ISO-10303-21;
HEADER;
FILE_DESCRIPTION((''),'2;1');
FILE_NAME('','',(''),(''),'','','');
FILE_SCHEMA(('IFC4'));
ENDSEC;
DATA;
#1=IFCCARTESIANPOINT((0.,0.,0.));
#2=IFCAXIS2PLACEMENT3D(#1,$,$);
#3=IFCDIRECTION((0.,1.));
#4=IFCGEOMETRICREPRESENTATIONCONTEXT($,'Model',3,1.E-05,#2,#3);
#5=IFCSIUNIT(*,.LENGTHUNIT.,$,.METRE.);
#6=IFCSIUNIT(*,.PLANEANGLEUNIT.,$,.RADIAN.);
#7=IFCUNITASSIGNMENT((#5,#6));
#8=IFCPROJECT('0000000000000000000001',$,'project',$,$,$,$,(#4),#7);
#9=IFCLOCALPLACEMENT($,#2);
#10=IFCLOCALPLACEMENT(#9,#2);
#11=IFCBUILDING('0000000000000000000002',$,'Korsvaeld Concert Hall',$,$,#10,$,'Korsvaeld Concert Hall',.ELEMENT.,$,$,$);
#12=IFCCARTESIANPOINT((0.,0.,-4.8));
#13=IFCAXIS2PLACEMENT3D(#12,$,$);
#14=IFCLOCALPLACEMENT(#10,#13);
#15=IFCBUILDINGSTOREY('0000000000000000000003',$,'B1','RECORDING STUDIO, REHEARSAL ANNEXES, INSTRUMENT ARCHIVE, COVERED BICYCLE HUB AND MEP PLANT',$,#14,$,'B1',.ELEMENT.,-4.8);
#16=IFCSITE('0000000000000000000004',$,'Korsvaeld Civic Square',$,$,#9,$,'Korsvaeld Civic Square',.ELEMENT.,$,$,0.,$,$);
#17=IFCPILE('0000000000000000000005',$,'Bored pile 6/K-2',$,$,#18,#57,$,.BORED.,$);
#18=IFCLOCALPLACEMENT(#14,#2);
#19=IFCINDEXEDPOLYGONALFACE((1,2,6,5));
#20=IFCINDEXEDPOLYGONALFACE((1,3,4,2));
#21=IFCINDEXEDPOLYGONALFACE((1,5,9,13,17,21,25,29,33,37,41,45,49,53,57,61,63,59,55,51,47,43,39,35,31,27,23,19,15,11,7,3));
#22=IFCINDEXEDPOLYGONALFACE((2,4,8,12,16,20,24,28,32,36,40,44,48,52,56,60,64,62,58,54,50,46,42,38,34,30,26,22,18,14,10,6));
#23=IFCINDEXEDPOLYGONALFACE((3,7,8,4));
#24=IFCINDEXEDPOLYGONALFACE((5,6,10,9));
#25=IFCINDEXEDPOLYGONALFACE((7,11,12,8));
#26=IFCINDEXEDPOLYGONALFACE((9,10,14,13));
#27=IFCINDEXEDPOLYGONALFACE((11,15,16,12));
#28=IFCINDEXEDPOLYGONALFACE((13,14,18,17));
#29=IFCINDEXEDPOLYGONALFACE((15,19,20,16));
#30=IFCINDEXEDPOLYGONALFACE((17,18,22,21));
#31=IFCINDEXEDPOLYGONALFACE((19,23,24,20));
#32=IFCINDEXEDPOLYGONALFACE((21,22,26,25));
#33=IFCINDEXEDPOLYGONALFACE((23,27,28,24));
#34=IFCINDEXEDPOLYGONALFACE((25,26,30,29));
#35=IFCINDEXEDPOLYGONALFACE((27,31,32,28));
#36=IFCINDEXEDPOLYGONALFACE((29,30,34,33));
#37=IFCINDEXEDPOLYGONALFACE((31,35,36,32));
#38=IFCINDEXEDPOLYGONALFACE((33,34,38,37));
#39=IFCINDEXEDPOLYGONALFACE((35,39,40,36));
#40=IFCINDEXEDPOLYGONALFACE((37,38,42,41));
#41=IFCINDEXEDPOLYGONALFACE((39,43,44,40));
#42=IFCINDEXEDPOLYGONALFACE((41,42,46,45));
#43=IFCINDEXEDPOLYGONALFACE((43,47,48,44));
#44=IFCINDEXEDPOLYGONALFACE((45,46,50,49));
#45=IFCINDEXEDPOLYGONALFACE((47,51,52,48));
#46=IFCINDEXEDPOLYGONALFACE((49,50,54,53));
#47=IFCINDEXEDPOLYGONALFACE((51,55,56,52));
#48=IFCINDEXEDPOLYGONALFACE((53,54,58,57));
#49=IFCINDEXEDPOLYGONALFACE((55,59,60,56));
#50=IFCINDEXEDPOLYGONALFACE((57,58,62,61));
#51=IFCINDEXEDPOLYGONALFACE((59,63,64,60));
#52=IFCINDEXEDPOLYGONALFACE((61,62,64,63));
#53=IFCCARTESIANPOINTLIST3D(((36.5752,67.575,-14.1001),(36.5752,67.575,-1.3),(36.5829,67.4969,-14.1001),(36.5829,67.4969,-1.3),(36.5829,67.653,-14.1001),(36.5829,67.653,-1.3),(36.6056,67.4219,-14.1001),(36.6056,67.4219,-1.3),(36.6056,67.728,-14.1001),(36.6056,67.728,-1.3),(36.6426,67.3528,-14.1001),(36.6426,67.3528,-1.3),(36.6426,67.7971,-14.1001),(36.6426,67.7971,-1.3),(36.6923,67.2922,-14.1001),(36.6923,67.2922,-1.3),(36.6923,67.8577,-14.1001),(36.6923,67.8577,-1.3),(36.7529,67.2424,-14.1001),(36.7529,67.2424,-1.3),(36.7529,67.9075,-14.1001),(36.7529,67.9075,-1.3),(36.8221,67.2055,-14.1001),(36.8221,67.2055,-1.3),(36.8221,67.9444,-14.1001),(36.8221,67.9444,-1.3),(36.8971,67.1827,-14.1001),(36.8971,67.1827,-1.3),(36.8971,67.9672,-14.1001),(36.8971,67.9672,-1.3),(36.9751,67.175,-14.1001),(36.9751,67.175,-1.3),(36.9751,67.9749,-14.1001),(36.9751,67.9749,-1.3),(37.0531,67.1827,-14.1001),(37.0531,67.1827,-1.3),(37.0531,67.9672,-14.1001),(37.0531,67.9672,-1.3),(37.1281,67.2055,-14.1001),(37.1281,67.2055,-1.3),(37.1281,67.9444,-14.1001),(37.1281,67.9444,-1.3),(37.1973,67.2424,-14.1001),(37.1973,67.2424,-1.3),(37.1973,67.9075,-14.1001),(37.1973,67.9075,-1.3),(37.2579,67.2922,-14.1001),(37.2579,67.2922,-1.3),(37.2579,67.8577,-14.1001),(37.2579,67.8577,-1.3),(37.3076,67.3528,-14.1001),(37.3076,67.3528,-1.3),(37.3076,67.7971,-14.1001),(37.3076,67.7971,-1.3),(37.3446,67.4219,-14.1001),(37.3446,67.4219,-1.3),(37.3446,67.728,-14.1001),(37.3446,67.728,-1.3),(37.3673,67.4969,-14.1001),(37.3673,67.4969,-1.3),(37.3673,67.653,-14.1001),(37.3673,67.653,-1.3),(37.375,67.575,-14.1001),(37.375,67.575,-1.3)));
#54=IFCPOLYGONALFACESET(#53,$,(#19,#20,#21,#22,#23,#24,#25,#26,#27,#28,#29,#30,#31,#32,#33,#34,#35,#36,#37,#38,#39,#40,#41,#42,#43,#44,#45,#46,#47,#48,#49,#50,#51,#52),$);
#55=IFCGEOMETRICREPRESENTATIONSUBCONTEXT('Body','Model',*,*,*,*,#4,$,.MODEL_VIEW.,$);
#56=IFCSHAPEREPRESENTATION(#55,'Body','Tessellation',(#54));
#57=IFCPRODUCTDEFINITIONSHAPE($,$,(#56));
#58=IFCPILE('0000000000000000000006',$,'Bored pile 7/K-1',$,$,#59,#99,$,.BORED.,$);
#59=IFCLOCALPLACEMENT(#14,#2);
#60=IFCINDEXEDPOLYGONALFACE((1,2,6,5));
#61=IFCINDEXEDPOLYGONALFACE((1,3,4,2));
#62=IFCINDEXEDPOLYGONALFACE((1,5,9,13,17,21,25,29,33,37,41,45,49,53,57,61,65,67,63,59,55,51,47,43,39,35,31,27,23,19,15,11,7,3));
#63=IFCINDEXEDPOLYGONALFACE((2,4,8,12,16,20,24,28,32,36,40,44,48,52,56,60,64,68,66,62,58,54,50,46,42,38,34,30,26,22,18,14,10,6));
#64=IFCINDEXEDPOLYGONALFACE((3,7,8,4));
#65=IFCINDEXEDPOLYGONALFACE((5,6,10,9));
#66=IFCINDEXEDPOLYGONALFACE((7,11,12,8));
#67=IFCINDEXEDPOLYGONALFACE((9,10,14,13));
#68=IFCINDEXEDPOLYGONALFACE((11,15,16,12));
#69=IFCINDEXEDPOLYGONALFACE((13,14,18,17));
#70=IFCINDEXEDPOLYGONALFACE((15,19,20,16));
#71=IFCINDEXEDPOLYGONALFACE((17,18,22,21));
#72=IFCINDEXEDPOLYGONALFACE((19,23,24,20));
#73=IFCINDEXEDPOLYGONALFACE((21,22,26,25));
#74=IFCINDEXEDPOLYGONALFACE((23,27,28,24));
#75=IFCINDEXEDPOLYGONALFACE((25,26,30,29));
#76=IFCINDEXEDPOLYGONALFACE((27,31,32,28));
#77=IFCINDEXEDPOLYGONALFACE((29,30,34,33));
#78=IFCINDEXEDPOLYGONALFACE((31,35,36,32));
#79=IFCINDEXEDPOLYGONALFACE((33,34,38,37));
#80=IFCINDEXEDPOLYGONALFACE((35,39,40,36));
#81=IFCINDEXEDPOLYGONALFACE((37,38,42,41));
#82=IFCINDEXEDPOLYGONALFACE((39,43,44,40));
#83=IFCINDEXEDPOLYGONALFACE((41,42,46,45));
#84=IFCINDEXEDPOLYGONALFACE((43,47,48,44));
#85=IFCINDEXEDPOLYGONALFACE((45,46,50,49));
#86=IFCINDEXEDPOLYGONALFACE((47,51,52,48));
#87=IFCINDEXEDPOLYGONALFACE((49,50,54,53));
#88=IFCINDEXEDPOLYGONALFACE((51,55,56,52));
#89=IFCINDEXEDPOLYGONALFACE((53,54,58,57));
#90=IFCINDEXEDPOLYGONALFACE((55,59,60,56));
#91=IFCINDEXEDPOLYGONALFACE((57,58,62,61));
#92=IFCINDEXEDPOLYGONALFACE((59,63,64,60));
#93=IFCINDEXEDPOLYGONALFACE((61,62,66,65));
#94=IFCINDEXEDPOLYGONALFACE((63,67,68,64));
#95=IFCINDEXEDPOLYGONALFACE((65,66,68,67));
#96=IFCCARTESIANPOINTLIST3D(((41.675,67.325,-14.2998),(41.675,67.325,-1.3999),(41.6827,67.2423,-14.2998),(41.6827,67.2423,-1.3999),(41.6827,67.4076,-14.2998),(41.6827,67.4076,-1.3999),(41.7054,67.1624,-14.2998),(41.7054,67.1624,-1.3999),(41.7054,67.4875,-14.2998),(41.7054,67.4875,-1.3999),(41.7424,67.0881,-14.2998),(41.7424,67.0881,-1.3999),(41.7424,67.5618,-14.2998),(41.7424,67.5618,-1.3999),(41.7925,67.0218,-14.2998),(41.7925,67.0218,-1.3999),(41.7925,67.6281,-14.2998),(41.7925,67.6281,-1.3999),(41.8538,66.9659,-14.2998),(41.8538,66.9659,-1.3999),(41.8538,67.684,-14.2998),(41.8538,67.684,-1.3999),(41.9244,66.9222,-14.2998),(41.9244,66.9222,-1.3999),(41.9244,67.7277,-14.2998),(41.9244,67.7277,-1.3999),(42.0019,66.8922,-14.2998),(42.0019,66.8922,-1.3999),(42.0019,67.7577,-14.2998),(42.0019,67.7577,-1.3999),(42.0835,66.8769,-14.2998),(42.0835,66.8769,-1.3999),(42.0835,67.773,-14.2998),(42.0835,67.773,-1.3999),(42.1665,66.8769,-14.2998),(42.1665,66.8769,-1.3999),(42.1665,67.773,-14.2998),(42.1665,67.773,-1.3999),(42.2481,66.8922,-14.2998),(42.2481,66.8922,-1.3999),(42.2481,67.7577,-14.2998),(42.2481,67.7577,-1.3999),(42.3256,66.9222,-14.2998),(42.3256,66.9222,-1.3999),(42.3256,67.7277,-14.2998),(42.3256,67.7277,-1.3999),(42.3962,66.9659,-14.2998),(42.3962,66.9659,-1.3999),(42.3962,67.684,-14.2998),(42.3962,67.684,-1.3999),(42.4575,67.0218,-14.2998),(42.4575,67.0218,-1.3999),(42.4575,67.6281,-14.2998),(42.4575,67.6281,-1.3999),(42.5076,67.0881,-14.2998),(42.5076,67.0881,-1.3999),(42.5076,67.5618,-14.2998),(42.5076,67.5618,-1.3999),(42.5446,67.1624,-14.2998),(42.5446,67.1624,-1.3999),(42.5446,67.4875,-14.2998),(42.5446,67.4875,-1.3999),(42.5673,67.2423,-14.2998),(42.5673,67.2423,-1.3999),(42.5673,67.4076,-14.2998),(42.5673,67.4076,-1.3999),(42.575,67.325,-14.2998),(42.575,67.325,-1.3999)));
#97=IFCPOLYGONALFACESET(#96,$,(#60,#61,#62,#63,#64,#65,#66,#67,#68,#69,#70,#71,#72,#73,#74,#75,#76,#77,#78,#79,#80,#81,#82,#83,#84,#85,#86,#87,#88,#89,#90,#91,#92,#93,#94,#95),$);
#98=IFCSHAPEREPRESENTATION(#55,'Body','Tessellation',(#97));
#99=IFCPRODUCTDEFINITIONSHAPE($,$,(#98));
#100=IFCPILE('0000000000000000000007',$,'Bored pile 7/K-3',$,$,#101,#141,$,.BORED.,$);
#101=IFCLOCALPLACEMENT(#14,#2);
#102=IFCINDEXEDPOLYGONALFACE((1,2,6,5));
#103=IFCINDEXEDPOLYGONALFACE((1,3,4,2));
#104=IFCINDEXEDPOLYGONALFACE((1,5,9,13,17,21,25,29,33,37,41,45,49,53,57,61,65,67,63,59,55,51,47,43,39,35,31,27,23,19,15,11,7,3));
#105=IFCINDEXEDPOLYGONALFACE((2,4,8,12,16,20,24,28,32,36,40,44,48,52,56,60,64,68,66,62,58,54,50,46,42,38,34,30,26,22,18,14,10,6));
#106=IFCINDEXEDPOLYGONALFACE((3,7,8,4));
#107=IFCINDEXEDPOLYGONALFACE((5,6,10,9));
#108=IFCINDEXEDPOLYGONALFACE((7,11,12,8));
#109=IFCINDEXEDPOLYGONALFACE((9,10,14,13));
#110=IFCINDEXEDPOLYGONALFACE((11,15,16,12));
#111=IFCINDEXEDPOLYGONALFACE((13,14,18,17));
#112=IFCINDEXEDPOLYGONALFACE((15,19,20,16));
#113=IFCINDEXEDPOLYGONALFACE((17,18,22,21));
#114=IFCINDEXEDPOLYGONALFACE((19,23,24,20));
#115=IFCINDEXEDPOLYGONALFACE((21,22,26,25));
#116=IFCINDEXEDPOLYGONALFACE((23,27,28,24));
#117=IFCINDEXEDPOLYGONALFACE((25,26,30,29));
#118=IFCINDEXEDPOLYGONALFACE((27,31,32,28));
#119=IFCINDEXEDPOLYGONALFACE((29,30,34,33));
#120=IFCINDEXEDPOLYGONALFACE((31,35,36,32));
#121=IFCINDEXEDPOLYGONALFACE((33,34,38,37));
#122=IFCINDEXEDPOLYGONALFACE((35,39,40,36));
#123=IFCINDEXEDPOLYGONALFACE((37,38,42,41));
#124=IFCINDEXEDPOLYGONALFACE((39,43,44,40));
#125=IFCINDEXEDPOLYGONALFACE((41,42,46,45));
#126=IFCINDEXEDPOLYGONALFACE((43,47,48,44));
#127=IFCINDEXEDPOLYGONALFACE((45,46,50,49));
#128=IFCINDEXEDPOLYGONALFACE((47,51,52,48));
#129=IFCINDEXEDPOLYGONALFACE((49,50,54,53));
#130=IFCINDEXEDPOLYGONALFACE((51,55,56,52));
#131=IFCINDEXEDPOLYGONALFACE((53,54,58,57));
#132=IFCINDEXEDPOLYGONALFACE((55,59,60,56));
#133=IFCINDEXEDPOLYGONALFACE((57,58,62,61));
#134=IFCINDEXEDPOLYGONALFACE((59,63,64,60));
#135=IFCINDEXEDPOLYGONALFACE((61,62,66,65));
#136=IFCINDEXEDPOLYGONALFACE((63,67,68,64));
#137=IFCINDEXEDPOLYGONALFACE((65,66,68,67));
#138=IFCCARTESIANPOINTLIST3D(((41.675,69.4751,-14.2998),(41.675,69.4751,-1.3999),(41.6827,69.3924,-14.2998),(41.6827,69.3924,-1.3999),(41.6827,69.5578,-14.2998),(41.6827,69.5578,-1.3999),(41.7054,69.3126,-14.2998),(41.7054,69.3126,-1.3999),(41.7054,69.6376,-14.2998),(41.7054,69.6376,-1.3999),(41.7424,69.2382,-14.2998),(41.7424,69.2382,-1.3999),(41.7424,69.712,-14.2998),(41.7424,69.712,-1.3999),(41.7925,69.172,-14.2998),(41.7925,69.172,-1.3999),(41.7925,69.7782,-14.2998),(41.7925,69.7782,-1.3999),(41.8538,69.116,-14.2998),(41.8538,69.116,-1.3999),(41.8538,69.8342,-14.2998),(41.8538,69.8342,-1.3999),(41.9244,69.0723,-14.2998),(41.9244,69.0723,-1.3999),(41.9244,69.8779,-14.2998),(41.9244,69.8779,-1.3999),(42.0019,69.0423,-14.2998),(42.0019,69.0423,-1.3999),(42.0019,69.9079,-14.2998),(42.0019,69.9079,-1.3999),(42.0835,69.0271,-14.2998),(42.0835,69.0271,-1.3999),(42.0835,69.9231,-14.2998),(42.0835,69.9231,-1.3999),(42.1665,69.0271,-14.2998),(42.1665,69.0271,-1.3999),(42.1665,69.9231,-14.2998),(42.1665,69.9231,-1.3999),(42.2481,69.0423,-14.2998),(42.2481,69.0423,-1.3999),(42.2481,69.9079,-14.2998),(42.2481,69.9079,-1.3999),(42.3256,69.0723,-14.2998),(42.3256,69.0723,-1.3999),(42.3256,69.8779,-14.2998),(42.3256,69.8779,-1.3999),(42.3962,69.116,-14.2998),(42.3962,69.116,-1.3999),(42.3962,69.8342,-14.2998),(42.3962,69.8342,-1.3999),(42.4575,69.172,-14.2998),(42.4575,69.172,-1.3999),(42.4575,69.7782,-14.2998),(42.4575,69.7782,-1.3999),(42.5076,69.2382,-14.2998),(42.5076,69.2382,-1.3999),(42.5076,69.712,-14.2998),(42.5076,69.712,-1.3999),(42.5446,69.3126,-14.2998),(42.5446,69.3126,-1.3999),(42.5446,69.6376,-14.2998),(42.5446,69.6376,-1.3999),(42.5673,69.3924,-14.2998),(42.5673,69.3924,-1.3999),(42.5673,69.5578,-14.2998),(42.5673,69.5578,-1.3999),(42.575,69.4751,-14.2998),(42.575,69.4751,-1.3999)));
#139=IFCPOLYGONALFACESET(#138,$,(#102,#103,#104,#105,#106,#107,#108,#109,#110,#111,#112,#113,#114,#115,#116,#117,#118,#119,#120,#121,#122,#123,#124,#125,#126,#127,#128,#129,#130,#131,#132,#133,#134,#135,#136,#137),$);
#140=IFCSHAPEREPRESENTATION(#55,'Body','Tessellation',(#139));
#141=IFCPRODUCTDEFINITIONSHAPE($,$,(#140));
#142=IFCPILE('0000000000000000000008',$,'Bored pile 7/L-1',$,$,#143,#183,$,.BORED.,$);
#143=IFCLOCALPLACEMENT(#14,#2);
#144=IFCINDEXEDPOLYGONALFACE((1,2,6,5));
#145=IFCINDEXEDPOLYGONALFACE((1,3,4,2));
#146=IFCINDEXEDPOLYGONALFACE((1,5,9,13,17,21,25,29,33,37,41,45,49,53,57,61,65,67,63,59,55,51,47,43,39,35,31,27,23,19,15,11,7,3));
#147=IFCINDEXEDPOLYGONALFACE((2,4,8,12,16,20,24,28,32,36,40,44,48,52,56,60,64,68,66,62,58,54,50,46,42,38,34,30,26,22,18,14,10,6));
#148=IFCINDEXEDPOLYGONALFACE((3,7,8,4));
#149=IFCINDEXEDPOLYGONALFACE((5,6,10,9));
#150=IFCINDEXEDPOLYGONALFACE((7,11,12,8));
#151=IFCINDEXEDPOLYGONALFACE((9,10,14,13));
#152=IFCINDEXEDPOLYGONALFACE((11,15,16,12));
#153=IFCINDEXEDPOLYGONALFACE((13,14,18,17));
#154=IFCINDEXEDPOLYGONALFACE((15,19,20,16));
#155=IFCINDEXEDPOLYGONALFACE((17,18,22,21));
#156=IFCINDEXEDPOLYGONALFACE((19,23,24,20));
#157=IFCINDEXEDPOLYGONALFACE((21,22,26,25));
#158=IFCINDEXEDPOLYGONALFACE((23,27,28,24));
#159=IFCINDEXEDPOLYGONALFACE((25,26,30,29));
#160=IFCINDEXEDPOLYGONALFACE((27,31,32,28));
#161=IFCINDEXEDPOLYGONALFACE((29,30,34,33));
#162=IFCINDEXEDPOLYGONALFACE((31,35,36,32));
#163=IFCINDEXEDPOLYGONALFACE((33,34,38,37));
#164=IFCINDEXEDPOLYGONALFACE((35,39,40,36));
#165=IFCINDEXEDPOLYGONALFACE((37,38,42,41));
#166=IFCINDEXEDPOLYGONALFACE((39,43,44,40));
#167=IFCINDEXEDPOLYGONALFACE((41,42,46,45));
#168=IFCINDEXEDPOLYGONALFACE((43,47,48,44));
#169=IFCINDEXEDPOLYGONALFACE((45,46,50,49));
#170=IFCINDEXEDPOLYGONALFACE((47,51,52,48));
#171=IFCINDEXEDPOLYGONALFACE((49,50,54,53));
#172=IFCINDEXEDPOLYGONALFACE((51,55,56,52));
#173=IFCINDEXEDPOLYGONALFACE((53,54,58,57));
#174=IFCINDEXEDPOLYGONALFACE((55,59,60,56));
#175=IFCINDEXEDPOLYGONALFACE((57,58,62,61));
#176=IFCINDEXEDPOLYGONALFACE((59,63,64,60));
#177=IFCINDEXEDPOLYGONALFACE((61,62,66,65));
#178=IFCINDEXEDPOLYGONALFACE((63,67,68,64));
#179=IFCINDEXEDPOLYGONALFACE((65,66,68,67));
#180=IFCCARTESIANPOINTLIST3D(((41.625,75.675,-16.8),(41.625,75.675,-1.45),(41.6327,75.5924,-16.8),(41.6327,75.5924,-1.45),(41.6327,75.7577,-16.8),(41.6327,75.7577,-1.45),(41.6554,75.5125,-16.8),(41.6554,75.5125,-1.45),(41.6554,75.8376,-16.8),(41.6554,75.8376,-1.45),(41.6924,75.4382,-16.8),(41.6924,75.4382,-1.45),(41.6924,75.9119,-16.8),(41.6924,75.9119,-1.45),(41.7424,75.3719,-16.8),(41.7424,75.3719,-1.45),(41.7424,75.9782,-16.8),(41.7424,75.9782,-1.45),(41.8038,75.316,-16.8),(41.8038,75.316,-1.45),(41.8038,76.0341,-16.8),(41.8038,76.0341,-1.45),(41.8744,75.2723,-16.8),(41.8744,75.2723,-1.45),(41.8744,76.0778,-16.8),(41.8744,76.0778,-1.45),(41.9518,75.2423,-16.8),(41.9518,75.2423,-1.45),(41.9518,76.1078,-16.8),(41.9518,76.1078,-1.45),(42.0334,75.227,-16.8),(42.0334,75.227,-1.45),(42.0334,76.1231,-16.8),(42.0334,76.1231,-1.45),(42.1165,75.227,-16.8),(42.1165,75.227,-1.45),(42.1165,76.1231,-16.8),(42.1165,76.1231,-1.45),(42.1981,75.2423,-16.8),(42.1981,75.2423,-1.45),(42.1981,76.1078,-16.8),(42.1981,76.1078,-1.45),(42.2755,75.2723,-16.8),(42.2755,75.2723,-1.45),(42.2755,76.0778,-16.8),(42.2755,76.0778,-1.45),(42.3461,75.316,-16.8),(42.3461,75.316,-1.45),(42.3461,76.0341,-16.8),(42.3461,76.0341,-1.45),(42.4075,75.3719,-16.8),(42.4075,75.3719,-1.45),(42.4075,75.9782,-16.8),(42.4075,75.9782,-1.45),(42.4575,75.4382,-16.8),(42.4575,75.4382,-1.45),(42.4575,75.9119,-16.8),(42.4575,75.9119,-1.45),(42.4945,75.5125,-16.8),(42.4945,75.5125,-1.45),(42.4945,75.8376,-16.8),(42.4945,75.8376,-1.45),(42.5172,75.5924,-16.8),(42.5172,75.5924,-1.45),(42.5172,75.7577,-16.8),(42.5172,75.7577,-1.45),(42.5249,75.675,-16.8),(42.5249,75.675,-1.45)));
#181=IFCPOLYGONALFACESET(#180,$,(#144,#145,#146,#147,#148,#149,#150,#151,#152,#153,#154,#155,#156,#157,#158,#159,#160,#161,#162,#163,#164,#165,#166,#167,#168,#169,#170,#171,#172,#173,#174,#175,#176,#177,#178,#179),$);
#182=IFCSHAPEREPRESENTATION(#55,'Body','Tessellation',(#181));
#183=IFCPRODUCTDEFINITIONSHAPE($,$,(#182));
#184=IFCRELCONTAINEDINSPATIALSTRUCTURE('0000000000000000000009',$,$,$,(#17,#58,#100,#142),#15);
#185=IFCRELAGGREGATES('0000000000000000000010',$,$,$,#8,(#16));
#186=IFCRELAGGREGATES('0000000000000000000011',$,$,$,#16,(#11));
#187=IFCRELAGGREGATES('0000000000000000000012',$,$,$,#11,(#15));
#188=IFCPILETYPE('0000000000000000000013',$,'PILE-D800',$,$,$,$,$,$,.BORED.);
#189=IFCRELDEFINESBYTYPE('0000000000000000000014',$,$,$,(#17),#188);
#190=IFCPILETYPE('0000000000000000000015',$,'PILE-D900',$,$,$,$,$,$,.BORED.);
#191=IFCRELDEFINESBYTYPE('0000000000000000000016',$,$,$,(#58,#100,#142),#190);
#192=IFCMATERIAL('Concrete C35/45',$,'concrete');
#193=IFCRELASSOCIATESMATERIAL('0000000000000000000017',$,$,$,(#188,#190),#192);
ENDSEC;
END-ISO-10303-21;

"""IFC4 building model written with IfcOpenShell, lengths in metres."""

from ifc_helpers import new_model, si_unit, direction, frame, origin, origin_2d, place, context, subcontext, project, spatial, circle, extrude, material, material_profile, profile_set, type_object, element, save


model = new_model("IFC4")

# Units and contexts
model_context = context("Model", 3, precision=1e-05, world=origin(), true_north=direction((0.0, 1.0)))
body_context = subcontext(model_context, "Body", "Model", "MODEL_VIEW")
ifc_project = project(units=[si_unit("LENGTHUNIT", "METRE"), si_unit("PLANEANGLEUNIT", "RADIAN")], contexts=[model_context])

# Site, building, storey
site_placement = place(None, origin())
site = spatial("IfcSite", under=ifc_project, at=site_placement, Name="Korsvaeld Civic Square", LongName="Korsvaeld Civic Square", CompositionType="ELEMENT", RefElevation=0.0)
building_placement = place(site_placement, origin())
building = spatial("IfcBuilding", under=site, at=building_placement, Name="Korsvaeld Concert Hall", LongName="Korsvaeld Concert Hall", CompositionType="ELEMENT")
storey_placement = place(building_placement, frame((0.0, 0.0, -4.8)))
storey = spatial("IfcBuildingStorey", under=building, at=storey_placement, Name="B1", Description="RECORDING STUDIO, REHEARSAL ANNEXES, INSTRUMENT ARCHIVE, COVERED BICYCLE HUB AND MEP PLANT", LongName="B1", CompositionType="ELEMENT", Elevation=-4.8)

# Shared definitions
ifc_material_1 = material(Name="Concrete C35/45", Category="concrete")

# Piles
ifc_material_profile_1 = material_profile(ifc_material_1, circle(Radius=0.3999, at=origin_2d()), Name="BORED PILE D800")
ifc_profile_set_1 = profile_set([ifc_material_profile_1], Name="Concrete C35/45")
pile_type_1 = type_object("IfcPileType", Name="PILE-D800", PredefinedType="BORED", material=ifc_profile_set_1)
pile_placement = place(storey_placement, frame((36.9751, 67.575, -1.3), z_axis=(0.0, 0.0, -1.0), x_axis=(1.0, 0.0, 0.0)))
element("IfcPile", 1, at=pile_placement, inside=storey, type_object=pile_type_1, Name="Bored pile 6/K-2", PredefinedType="BORED", context=body_context, shape_type="SweptSolid", body=[
    extrude(circle(Radius=0.3999, at=origin_2d()), origin(), (0.0, 0.0, 1.0), 12.8),
])
ifc_material_profile_2 = material_profile(ifc_material_1, circle(Radius=0.45, at=origin_2d()), Name="BORED PILE D900")
ifc_profile_set_2 = profile_set([ifc_material_profile_2], Name="Concrete C35/45")
pile_type_2 = type_object("IfcPileType", Name="PILE-D900", PredefinedType="BORED", material=ifc_profile_set_2)
for number, where, z_axis, x_axis, name in (
    (2, (42.125, 67.325, -1.3999), (0.0, 0.0, -1.0), (1.0, 0.0, 0.0), "Bored pile 7/K-1"),
    (3, (42.125, 69.4751, -1.3999), (0.0, 0.0, -1.0), (1.0, 0.0, 0.0), "Bored pile 7/K-3"),
):
    element("IfcPile", number, at=place(storey_placement, frame(where, z_axis=z_axis, x_axis=x_axis)), inside=storey, type_object=pile_type_2, Name=name, PredefinedType="BORED", context=body_context, shape_type="SweptSolid", body=[
        extrude(circle(Radius=0.45, at=origin_2d()), origin(), (0.0, 0.0, 1.0), 12.8999),
    ])
for number, where, z_axis, x_axis, name in (
    (4, (42.075, 75.675, -1.45), (0.0, 0.0, -1.0), (1.0, 0.0, 0.0), "Bored pile 7/L-1"),
):
    element("IfcPile", number, at=place(storey_placement, frame(where, z_axis=z_axis, x_axis=x_axis)), inside=storey, type_object=pile_type_2, Name=name, PredefinedType="BORED", context=body_context, shape_type="SweptSolid", body=[
        extrude(circle(Radius=0.45, at=origin_2d()), origin(), (0.0, 0.0, 1.0), 15.3501),
    ])

save(model, "model.ifc")
